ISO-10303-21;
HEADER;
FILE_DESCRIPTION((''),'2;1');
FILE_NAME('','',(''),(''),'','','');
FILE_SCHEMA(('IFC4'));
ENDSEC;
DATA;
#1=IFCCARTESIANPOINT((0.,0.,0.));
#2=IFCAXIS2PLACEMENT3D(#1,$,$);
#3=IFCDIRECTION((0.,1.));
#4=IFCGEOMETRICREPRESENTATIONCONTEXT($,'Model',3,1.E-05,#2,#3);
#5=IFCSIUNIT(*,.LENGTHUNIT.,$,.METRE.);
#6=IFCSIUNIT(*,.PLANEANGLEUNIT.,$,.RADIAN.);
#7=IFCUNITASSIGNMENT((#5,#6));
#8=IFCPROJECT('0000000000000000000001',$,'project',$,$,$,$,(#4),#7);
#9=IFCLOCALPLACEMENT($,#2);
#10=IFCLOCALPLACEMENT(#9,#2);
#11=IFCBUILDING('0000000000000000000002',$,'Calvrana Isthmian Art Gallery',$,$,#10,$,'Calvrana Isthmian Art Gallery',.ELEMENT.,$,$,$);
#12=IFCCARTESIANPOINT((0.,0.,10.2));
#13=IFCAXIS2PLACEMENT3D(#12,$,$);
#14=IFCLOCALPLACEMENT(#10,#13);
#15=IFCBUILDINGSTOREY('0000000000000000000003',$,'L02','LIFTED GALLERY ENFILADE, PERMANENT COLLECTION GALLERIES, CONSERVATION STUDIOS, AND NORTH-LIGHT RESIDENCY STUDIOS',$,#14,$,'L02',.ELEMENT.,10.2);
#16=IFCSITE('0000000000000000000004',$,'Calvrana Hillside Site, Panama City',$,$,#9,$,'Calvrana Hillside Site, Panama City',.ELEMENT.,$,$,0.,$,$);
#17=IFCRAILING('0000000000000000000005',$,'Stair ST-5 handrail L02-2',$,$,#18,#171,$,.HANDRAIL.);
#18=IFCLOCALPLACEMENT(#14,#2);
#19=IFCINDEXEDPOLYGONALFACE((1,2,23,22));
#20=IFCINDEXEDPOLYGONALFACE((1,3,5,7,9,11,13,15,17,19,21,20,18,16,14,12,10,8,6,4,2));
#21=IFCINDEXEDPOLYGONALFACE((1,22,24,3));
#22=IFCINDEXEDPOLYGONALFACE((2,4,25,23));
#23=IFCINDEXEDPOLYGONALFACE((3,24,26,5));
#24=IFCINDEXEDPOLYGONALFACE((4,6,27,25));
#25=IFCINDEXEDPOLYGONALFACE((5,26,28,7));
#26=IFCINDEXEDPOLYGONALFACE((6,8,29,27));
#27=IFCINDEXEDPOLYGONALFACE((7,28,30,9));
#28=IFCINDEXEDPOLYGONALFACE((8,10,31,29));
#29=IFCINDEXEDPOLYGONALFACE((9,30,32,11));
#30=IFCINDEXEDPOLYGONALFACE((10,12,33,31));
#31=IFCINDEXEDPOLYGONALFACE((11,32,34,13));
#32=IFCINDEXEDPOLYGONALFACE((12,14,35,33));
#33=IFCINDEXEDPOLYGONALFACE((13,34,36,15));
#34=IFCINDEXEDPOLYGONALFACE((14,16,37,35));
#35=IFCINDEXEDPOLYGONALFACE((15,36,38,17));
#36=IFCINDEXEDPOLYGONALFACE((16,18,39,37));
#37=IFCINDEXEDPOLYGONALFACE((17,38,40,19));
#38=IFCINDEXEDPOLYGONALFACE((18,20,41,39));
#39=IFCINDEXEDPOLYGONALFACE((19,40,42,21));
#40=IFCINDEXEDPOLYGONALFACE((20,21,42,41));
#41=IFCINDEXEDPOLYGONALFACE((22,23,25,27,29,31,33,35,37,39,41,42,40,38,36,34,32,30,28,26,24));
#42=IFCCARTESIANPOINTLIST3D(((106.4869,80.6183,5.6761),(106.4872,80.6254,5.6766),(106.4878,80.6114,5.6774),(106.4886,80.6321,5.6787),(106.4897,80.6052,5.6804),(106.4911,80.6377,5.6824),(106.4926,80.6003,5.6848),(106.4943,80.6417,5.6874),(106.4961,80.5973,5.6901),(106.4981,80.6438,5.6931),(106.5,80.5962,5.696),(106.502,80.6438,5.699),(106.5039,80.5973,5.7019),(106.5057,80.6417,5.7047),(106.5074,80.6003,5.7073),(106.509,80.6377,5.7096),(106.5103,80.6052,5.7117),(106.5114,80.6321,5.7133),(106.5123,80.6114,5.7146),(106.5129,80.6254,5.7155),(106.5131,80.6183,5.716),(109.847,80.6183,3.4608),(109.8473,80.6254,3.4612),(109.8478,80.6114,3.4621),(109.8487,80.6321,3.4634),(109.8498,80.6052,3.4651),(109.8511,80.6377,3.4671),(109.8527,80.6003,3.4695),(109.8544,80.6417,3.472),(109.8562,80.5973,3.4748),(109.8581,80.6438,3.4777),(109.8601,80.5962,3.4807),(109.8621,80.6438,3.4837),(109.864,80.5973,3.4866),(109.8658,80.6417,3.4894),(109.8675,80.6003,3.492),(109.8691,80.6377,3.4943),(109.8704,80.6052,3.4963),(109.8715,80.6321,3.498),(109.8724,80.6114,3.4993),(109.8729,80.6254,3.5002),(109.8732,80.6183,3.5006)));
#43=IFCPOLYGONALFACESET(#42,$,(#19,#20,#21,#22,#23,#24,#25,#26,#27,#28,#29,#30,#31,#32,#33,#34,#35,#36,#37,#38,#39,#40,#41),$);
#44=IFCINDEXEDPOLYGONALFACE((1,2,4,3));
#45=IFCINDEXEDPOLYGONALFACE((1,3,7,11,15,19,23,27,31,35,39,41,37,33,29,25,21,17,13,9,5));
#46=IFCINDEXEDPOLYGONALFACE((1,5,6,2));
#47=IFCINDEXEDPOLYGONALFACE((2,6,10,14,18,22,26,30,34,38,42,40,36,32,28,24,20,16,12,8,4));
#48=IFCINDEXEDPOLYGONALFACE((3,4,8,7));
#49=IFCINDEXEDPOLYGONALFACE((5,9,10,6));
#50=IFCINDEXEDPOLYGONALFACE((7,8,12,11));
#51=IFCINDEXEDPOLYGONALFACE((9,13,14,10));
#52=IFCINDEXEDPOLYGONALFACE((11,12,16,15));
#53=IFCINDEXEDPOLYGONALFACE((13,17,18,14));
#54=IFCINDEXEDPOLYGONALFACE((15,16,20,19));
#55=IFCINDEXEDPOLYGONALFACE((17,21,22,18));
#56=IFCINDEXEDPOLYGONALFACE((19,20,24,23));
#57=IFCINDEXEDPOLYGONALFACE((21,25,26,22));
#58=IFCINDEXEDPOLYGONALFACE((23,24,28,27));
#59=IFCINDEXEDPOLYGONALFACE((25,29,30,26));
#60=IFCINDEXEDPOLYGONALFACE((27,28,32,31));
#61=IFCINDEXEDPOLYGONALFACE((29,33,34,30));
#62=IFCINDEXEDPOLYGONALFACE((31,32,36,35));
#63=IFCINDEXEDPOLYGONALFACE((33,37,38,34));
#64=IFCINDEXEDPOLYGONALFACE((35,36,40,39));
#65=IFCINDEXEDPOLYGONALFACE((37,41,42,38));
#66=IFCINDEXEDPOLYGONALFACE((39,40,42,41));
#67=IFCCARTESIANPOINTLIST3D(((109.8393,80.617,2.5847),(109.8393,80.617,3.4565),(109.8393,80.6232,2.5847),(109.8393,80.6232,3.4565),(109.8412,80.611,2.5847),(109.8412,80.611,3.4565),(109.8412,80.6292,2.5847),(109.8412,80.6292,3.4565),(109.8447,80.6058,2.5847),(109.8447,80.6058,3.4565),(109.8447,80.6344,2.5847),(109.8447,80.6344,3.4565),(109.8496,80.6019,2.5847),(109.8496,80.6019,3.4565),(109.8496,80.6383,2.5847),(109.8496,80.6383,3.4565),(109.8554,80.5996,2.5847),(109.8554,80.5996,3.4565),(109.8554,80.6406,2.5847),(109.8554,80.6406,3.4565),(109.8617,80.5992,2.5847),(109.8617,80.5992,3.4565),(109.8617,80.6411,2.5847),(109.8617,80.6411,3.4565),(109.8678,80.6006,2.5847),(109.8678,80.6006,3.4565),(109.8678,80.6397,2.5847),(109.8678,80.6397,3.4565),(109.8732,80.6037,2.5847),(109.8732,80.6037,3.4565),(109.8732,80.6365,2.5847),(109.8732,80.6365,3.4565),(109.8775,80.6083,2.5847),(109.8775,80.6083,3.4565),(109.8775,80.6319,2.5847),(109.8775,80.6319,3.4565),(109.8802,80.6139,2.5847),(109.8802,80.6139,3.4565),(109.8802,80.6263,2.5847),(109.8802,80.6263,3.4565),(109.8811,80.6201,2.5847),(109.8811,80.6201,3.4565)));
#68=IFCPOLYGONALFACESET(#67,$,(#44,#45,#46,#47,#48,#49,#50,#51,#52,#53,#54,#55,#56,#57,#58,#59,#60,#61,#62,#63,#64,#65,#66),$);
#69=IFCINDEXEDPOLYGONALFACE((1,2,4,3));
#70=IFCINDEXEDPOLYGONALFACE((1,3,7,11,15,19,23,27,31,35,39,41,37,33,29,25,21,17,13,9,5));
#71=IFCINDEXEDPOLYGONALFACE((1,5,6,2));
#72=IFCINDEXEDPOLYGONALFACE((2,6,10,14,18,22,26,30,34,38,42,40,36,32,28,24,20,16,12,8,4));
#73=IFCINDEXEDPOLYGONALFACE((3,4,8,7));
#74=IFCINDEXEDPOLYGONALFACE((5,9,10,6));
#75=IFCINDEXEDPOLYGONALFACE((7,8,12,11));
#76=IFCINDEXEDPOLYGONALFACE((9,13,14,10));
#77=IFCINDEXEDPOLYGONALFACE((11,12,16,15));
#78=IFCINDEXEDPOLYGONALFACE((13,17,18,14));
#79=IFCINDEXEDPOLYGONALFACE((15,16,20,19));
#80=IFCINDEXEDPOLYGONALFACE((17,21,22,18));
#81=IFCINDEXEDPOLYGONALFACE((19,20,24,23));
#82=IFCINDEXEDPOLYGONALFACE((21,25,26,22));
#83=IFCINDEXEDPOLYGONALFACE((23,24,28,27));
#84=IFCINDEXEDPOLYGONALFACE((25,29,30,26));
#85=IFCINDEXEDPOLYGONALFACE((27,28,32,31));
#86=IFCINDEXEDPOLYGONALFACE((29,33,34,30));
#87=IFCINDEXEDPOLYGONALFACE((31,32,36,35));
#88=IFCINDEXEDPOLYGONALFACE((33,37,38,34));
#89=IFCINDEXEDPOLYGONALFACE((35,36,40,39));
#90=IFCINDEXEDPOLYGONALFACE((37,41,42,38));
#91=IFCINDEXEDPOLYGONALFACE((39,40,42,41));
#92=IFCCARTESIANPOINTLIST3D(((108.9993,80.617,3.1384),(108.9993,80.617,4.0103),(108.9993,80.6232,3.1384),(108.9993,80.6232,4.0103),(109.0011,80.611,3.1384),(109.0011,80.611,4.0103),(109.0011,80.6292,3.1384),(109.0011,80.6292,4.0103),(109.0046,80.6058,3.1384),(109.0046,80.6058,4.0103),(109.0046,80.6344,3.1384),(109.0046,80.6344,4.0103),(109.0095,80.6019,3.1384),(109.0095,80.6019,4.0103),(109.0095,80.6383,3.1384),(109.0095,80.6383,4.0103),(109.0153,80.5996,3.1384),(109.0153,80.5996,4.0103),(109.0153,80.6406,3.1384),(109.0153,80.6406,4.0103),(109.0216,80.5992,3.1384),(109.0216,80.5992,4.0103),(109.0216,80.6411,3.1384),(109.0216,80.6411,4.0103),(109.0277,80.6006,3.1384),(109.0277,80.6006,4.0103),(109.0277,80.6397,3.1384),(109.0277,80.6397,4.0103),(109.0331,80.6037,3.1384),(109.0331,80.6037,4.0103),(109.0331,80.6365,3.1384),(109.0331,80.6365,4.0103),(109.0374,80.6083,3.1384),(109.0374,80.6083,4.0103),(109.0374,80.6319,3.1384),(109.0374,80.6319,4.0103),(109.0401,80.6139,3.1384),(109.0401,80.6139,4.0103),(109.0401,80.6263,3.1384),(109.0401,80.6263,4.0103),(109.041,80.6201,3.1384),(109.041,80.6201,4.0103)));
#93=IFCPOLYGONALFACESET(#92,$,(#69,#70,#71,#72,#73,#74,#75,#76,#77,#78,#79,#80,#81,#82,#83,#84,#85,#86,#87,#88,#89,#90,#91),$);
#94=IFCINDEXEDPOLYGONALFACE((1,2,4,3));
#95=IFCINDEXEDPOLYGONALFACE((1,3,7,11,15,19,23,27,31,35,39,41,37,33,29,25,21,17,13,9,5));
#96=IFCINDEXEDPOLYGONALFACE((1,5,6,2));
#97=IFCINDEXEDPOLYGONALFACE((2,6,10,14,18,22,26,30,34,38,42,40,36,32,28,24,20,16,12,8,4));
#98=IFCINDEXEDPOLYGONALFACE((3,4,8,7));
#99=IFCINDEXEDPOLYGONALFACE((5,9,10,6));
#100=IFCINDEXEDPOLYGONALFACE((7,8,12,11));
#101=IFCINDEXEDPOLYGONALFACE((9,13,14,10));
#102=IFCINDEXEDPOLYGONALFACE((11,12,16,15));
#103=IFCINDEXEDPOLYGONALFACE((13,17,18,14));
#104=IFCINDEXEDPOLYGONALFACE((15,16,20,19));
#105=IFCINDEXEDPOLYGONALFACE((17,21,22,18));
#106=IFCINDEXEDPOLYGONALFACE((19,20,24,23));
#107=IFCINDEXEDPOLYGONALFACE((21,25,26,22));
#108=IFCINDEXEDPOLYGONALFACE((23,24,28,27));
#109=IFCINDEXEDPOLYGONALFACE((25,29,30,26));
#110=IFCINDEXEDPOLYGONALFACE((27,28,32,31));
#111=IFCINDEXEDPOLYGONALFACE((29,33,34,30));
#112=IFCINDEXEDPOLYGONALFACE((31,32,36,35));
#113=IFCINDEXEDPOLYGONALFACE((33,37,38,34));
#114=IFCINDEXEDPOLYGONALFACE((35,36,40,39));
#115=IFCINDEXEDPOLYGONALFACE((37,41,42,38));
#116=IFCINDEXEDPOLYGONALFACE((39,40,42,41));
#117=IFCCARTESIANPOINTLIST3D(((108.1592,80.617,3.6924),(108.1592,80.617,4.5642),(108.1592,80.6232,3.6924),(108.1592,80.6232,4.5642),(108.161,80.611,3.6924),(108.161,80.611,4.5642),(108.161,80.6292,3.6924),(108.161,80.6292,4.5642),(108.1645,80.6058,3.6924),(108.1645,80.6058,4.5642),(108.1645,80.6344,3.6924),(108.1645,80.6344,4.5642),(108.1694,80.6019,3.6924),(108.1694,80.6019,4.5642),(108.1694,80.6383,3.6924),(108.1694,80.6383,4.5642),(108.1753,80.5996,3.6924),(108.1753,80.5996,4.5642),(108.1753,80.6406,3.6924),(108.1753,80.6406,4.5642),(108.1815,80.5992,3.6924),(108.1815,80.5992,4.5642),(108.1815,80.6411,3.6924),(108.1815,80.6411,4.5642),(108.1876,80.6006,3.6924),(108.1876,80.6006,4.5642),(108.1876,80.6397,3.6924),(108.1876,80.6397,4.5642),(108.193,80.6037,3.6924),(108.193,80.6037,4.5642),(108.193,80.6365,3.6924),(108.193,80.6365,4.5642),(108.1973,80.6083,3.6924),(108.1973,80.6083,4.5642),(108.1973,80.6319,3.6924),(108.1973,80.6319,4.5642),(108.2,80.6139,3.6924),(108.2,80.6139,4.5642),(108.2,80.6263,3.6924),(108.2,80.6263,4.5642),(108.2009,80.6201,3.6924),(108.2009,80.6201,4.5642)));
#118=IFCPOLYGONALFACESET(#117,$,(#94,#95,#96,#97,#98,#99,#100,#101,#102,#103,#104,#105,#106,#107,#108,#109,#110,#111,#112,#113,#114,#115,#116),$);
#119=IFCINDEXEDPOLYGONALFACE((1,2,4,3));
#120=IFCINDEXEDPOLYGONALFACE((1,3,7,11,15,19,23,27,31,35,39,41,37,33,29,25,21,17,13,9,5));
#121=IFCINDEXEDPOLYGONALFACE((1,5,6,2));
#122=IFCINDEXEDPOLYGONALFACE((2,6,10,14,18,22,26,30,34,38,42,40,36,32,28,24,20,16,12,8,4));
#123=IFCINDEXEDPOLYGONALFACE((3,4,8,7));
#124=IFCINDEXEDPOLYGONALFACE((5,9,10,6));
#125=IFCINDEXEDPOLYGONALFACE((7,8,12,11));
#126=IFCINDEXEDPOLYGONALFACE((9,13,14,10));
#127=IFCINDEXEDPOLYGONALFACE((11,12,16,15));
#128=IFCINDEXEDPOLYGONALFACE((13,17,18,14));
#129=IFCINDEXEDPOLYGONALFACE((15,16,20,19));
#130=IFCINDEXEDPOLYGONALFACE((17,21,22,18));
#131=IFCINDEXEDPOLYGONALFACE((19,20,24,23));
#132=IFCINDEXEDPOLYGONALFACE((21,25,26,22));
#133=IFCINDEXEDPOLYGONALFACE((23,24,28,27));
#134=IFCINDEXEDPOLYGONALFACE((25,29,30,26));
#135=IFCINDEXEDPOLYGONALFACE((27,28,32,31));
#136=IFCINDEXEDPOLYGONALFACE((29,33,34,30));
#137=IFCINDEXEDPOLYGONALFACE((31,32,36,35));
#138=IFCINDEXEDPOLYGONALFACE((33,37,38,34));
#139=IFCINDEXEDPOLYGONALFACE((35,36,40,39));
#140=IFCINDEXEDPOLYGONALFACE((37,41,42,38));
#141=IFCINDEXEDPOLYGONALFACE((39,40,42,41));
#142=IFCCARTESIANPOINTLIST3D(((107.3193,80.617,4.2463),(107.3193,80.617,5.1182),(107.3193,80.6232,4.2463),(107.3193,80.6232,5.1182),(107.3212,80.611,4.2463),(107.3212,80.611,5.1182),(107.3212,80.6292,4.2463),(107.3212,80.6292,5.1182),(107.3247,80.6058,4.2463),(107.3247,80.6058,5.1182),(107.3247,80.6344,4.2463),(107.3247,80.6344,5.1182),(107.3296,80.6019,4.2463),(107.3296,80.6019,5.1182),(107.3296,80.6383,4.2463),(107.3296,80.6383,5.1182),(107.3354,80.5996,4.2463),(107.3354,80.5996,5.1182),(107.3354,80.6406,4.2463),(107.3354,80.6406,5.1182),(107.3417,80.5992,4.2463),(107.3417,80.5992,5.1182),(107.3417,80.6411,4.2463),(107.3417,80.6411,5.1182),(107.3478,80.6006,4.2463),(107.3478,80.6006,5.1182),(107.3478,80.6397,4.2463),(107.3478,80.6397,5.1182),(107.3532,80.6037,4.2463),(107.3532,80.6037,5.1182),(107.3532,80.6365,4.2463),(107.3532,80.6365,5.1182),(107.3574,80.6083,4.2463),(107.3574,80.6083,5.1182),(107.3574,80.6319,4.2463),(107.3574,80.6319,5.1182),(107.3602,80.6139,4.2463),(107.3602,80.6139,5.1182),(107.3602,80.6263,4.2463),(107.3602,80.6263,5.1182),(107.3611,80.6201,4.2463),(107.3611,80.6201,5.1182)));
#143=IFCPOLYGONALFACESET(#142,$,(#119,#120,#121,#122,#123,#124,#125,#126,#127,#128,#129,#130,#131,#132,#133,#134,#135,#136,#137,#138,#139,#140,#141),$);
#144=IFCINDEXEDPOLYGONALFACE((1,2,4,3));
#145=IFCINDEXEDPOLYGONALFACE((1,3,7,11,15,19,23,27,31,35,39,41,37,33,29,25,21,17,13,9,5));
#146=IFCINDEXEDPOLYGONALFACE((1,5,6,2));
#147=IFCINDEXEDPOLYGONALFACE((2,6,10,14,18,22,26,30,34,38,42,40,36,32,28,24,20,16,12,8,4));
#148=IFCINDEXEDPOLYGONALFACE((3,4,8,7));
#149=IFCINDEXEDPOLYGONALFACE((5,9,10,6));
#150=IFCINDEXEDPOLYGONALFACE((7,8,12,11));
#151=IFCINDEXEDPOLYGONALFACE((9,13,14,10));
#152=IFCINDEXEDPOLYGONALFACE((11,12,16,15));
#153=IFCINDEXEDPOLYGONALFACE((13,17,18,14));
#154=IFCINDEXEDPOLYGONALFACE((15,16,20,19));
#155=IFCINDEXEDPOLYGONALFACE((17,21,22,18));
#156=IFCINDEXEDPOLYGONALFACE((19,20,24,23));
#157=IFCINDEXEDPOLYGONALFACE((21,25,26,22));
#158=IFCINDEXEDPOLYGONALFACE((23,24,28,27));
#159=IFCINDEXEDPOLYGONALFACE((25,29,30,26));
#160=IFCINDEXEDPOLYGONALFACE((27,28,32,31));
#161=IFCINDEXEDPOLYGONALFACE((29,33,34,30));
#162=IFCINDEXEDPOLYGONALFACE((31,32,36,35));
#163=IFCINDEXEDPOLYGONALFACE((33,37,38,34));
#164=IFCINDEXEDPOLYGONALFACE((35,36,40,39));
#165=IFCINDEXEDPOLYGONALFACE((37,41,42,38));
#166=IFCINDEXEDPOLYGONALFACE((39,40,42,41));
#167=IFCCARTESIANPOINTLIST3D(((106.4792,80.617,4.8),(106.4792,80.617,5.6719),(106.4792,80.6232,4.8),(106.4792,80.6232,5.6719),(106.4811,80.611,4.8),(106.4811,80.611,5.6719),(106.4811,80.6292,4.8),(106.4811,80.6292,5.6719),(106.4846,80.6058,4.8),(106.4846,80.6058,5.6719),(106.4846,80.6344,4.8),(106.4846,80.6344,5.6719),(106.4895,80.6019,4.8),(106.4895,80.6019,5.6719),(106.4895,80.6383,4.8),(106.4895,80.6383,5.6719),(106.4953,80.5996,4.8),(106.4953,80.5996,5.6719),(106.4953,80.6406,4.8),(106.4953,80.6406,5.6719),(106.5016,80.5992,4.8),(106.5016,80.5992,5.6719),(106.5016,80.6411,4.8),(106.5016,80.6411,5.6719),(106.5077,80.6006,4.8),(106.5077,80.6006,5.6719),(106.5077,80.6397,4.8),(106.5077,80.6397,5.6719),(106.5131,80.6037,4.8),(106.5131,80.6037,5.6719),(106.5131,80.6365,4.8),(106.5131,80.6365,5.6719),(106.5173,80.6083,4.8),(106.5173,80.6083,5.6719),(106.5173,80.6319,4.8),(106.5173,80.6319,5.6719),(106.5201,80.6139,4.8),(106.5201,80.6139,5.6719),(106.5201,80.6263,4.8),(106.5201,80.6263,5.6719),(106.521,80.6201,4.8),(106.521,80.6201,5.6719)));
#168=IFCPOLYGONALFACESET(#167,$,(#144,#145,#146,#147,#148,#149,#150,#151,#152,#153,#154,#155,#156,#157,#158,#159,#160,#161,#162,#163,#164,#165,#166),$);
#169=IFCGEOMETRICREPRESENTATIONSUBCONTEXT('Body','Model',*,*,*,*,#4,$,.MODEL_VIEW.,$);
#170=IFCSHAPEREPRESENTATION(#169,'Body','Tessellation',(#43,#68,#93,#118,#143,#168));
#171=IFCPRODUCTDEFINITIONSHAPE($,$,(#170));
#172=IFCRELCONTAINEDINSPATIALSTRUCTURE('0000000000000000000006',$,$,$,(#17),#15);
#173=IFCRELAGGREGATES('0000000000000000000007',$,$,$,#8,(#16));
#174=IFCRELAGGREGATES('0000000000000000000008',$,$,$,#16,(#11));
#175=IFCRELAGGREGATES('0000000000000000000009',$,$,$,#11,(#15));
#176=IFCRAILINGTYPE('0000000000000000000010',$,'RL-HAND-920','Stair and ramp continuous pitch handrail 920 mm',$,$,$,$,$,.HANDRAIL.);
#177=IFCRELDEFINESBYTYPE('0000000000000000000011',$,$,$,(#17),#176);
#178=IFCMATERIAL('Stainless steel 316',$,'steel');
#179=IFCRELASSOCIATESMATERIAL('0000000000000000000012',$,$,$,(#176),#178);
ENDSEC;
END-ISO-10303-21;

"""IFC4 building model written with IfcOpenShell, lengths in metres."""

from ifc_helpers import new_model, si_unit, direction, frame, origin, origin_2d, place, context, subcontext, project, spatial, circle, extrude, material, type_object, element, save


model = new_model("IFC4")

# Units and contexts
model_context = context("Model", 3, precision=1e-05, world=origin(), true_north=direction((0.0, 1.0)))
body_context = subcontext(model_context, "Body", "Model", "MODEL_VIEW")
ifc_project = project(units=[si_unit("LENGTHUNIT", "METRE"), si_unit("PLANEANGLEUNIT", "RADIAN")], contexts=[model_context])

# Site, building, storey
site_placement = place(None, origin())
site = spatial("IfcSite", under=ifc_project, at=site_placement, Name="Calvrana Hillside Site, Panama City", LongName="Calvrana Hillside Site, Panama City", CompositionType="ELEMENT", RefElevation=0.0)
building_placement = place(site_placement, origin())
building = spatial("IfcBuilding", under=site, at=building_placement, Name="Calvrana Isthmian Art Gallery", LongName="Calvrana Isthmian Art Gallery", CompositionType="ELEMENT")
storey_placement = place(building_placement, frame((0.0, 0.0, 10.2)))
storey = spatial("IfcBuildingStorey", under=building, at=storey_placement, Name="L02", Description="LIFTED GALLERY ENFILADE, PERMANENT COLLECTION GALLERIES, CONSERVATION STUDIOS, AND NORTH-LIGHT RESIDENCY STUDIOS", LongName="L02", CompositionType="ELEMENT", Elevation=10.2)

# Railing
ifc_material_1 = material(Name="Stainless steel 316", Category="steel")
railing_type_1 = type_object("IfcRailingType", Name="RL-HAND-920", Description="Stair and ramp continuous pitch handrail 920 mm", PredefinedType="HANDRAIL", material=ifc_material_1)
railing_1_placement = place(storey_placement, frame((109.8601, 80.6201, 2.5847)))
element("IfcRailing", 1, at=railing_1_placement, inside=storey, type_object=railing_type_1, Name="Stair ST-5 handrail L02-2", PredefinedType="HANDRAIL", context=body_context, shape_type="SweptSolid", body=[
    extrude(circle(Radius=0.0239, at=origin_2d()), frame((0.0, 0.0, 0.896), z_axis=(-0.834876, 0.0, 0.550437), x_axis=(0.0, -1.0, 0.0)), (0.0, 0.0, 1.0), 4.0247),
    extrude(circle(Radius=0.021, at=origin_2d()), origin(), (0.0, 0.0, 1.0), 0.8718),
    extrude(circle(Radius=0.021, at=origin_2d()), frame((-0.8401, 0.0, 0.5537)), (0.0, 0.0, 1.0), 0.8718),
    extrude(circle(Radius=0.021, at=origin_2d()), frame((-1.6802, 0.0, 1.1077)), (0.0, 0.0, 1.0), 0.8718),
    extrude(circle(Radius=0.021, at=origin_2d()), frame((-2.52, 0.0, 1.6616)), (0.0, 0.0, 1.0), 0.8718),
    extrude(circle(Radius=0.021, at=origin_2d()), frame((-3.3601, 0.0, 2.2153)), (0.0, 0.0, 1.0), 0.8718),
])

save(model, "model.ifc")
